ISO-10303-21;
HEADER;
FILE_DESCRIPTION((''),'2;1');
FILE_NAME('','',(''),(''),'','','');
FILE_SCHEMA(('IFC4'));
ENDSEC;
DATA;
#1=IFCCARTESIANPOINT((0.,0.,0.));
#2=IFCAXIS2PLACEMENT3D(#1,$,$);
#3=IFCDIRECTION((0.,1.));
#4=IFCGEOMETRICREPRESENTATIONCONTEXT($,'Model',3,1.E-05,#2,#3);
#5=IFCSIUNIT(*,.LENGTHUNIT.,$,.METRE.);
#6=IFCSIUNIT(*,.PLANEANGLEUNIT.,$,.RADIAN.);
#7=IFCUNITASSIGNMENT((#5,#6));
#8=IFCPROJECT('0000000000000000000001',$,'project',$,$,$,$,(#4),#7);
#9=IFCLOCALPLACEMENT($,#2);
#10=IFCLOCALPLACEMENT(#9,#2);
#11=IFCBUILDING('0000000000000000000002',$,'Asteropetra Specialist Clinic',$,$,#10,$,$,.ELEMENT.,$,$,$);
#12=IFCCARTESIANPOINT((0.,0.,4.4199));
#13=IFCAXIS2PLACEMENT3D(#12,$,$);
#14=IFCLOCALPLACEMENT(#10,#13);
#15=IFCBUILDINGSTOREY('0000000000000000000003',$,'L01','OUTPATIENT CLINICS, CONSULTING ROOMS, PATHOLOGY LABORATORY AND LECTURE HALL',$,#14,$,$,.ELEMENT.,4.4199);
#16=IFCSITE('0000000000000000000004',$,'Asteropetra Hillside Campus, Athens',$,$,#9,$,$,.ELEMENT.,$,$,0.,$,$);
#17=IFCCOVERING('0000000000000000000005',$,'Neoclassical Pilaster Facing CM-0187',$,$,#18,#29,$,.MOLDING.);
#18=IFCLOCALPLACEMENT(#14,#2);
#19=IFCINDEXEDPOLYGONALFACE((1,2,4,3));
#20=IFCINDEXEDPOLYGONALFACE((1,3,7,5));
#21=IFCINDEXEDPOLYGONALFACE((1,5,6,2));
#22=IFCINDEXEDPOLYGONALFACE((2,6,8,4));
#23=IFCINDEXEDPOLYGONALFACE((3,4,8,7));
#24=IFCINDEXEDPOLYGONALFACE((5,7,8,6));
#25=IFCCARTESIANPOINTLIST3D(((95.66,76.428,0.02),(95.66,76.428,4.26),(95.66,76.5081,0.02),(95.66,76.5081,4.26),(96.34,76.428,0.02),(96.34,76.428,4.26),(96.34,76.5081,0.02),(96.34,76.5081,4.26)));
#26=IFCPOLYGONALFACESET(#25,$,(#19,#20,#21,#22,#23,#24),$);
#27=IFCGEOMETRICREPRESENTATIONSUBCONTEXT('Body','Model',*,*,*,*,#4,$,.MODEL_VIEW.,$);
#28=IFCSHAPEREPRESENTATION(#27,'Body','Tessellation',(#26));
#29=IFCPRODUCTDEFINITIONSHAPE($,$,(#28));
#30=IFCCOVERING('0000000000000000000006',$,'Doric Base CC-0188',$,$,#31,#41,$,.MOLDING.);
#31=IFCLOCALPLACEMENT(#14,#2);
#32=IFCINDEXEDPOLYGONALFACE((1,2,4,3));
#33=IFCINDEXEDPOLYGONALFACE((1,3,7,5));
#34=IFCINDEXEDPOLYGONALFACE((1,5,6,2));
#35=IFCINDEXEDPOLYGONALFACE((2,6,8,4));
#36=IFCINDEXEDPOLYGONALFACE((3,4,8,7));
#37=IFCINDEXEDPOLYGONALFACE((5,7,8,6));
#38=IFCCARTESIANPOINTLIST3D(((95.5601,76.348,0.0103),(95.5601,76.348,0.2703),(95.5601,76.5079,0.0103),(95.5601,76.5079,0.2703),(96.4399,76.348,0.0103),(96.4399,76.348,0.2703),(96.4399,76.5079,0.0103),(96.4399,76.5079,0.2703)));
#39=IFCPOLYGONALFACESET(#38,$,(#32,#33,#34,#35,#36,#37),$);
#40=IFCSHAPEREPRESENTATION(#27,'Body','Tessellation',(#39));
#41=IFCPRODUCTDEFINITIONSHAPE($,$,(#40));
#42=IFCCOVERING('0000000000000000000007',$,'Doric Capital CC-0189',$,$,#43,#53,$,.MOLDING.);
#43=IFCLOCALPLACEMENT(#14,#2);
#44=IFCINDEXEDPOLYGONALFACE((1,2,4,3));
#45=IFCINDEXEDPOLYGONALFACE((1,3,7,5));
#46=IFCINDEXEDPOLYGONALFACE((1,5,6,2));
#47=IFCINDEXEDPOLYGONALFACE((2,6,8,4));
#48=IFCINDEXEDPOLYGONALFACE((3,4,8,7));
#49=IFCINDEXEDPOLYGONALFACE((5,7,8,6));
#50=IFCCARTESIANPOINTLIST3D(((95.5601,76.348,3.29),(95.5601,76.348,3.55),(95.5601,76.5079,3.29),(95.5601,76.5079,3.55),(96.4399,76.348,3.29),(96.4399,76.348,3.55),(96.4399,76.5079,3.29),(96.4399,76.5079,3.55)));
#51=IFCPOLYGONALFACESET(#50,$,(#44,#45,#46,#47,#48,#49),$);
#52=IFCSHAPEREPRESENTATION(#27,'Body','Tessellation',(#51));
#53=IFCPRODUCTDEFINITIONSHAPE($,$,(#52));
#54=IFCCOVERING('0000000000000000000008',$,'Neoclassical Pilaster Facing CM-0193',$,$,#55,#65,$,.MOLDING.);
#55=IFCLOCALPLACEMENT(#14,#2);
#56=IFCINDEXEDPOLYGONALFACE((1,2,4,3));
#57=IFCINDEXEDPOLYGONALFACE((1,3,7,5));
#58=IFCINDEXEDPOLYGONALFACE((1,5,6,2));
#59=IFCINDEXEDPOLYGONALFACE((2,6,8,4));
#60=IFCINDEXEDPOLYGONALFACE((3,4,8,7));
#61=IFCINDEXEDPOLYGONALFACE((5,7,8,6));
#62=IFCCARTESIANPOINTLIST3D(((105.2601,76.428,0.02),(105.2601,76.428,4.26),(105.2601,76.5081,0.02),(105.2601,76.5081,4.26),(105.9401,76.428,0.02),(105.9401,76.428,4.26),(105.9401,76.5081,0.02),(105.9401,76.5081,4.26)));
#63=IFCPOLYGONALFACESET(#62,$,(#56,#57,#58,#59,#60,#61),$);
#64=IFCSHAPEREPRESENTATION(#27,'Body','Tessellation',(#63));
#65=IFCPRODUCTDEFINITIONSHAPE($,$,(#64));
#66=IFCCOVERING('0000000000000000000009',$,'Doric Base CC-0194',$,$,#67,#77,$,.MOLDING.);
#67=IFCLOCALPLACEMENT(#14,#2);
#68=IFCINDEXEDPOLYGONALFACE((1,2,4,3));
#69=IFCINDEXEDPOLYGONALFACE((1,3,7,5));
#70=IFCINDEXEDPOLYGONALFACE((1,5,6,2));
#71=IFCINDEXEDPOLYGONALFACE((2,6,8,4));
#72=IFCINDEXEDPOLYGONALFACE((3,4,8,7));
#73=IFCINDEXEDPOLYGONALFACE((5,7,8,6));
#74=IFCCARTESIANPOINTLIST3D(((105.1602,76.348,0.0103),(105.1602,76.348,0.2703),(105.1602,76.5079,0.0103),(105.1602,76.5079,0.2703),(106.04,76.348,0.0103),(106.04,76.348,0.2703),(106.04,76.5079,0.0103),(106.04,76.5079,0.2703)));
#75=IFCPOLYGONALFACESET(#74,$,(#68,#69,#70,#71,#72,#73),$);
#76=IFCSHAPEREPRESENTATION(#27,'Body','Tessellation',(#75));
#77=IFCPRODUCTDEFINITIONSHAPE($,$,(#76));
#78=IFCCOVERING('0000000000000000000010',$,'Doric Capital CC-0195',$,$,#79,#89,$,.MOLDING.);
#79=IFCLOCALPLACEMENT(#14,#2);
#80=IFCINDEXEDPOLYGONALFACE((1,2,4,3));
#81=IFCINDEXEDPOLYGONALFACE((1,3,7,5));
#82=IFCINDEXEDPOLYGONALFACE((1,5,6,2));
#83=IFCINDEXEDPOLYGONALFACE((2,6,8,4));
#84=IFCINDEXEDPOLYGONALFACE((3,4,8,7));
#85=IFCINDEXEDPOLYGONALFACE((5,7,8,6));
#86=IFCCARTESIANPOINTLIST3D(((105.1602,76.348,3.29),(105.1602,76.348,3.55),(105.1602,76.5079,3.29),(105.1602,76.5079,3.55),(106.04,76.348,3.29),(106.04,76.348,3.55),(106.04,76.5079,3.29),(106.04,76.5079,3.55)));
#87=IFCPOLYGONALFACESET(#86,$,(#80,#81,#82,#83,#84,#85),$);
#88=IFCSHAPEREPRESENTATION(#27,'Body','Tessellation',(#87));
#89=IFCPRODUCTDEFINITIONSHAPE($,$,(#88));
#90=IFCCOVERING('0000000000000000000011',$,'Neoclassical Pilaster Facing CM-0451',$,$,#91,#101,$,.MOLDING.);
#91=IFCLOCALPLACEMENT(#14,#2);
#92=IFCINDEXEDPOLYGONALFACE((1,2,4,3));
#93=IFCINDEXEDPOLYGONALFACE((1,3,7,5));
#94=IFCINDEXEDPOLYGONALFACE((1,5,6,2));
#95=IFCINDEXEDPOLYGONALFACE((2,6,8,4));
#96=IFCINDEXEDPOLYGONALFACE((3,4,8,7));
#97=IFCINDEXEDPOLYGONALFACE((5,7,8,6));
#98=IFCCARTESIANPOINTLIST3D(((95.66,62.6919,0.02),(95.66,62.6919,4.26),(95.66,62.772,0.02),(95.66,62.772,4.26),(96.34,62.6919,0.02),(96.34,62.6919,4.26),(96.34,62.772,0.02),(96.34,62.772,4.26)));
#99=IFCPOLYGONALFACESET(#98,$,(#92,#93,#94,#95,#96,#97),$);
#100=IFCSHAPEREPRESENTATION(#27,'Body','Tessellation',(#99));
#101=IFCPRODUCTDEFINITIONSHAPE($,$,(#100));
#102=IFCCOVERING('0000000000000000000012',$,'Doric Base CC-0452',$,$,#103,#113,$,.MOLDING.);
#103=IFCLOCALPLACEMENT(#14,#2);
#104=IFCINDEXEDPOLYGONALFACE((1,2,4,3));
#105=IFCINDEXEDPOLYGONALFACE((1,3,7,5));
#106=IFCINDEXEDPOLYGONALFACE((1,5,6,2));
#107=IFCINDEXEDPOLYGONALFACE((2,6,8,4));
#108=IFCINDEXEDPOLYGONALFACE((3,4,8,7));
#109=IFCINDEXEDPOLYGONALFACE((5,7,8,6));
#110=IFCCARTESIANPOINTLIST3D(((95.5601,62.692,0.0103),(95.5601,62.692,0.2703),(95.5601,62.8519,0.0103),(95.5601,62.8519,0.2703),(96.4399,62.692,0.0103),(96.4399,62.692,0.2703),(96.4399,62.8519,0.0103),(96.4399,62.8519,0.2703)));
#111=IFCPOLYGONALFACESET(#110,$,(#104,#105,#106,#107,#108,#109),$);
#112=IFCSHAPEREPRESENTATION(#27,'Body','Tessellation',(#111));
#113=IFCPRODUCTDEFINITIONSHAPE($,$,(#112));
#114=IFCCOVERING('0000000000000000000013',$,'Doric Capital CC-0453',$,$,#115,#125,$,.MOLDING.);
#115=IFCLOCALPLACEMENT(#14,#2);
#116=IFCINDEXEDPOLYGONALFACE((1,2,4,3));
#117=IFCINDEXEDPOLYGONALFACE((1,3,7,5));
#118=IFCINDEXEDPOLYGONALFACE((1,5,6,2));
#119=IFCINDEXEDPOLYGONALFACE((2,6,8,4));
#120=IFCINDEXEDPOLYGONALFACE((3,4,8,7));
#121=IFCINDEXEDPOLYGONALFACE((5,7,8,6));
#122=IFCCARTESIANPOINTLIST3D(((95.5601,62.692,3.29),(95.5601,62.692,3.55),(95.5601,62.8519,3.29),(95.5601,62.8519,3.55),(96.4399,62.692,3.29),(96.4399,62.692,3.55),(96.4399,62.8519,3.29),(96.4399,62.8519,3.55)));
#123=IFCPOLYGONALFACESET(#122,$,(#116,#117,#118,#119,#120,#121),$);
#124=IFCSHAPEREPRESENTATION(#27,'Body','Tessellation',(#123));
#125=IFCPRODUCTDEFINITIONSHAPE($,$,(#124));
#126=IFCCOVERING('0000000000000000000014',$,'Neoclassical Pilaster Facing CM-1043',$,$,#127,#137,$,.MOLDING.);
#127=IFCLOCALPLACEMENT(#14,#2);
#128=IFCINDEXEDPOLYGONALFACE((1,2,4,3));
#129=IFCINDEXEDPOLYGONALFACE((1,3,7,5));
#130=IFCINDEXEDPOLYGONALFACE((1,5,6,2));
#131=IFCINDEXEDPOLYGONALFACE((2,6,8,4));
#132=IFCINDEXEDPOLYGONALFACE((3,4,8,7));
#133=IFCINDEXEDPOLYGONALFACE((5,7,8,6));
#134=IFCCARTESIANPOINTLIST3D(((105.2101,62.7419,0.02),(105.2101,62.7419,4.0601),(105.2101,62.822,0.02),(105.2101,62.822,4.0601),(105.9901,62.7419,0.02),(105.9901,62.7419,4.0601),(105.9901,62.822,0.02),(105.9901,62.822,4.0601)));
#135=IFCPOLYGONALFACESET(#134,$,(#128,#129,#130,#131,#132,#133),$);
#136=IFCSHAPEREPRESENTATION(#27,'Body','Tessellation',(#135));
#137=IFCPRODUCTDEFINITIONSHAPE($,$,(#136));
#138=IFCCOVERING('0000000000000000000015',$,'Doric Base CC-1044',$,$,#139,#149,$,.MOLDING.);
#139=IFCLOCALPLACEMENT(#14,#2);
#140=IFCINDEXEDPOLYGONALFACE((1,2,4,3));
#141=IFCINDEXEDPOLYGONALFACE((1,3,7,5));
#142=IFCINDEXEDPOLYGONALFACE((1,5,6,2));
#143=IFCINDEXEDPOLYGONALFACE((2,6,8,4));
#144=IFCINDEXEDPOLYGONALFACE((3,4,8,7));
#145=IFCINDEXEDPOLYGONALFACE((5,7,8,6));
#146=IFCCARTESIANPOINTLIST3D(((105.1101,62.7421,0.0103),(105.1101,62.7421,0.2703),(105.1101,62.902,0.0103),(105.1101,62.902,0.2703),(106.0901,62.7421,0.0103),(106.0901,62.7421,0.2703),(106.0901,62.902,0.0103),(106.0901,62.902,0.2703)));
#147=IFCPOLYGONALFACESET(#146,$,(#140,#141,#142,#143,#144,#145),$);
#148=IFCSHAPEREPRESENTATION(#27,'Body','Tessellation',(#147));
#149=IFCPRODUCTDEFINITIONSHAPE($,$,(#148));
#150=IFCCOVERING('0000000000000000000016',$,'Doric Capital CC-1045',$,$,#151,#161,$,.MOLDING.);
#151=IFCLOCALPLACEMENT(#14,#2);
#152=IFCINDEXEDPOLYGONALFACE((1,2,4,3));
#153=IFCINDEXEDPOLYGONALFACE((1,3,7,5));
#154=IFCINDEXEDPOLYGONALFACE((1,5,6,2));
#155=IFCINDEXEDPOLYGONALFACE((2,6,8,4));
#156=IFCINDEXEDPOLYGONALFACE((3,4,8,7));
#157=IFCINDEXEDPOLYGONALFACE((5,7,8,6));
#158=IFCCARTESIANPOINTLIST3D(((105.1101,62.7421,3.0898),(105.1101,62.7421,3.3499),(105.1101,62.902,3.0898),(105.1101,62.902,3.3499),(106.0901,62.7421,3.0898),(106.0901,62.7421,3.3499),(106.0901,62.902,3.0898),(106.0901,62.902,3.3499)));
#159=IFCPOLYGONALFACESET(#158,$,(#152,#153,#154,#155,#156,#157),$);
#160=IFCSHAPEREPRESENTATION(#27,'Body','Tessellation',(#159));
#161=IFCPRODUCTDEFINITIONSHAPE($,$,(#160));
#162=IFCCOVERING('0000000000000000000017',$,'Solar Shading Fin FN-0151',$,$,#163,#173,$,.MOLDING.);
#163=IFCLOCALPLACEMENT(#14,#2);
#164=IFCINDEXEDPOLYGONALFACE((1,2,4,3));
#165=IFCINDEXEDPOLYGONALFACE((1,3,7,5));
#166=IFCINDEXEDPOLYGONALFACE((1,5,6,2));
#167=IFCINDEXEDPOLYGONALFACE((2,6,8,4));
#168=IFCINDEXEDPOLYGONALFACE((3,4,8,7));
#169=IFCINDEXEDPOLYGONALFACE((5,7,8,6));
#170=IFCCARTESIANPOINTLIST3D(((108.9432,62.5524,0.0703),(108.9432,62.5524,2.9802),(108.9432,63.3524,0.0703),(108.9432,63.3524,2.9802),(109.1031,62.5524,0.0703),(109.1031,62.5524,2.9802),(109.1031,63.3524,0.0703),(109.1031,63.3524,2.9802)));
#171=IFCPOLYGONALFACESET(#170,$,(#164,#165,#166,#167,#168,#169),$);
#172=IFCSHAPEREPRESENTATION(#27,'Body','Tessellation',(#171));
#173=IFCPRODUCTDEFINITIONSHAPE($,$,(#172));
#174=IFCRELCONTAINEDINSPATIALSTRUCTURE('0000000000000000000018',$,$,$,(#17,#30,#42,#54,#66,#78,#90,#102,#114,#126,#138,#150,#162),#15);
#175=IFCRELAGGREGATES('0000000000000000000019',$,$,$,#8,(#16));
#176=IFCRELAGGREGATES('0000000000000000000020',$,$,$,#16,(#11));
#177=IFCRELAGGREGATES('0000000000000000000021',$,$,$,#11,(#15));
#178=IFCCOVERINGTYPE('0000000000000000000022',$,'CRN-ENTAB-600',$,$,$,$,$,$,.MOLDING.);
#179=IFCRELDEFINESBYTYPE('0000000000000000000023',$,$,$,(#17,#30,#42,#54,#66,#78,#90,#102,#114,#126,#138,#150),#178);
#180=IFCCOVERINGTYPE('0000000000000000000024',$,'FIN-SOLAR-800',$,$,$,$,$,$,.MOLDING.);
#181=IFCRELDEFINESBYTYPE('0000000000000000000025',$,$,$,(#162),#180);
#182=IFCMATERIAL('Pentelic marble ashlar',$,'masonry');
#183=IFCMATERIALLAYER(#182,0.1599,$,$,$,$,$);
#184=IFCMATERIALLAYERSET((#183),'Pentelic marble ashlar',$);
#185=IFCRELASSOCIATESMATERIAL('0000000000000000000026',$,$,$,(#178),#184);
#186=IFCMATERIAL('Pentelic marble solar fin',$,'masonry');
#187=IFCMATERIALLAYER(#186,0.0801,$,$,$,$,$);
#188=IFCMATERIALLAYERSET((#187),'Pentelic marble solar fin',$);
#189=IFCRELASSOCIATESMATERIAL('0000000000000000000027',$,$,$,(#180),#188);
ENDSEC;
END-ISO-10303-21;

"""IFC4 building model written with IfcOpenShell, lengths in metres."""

from ifc_helpers import new_model, si_unit, direction, frame, origin, origin_2d, place, context, subcontext, project, spatial, rectangle, extrude, material, layer, layer_set, type_object, element, save


model = new_model("IFC4")

# Units and contexts
model_context = context("Model", 3, precision=1e-05, world=origin(), true_north=direction((0.0, 1.0)))
body_context = subcontext(model_context, "Body", "Model", "MODEL_VIEW")
ifc_project = project(units=[si_unit("LENGTHUNIT", "METRE"), si_unit("PLANEANGLEUNIT", "RADIAN")], contexts=[model_context])

# Site, building, storey
site_placement = place(None, origin())
site = spatial("IfcSite", under=ifc_project, at=site_placement, Name="Asteropetra Hillside Campus, Athens", CompositionType="ELEMENT", RefElevation=0.0)
building_placement = place(site_placement, origin())
building = spatial("IfcBuilding", under=site, at=building_placement, Name="Asteropetra Specialist Clinic", CompositionType="ELEMENT")
storey_placement = place(building_placement, frame((0.0, 0.0, 4.4199)))
storey = spatial("IfcBuildingStorey", under=building, at=storey_placement, Name="L01", Description="OUTPATIENT CLINICS, CONSULTING ROOMS, PATHOLOGY LABORATORY AND LECTURE HALL", CompositionType="ELEMENT", Elevation=4.4199)

# Coverings
ifc_material_1 = material(Name="Pentelic marble ashlar", Category="masonry")
ifc_layer_1 = layer(ifc_material_1, 0.1599)
ifc_layer_set_1 = layer_set([ifc_layer_1], Name="Pentelic marble ashlar")
covering_type_1 = type_object("IfcCoveringType", Name="CRN-ENTAB-600", PredefinedType="MOLDING", material=ifc_layer_set_1)
covering_1_placement = place(storey_placement, frame((96.0, 76.468, 0.02), z_axis=(0.0, 0.0, 1.0), x_axis=(1.0, 0.0, 0.0)))
element("IfcCovering", 1, at=covering_1_placement, inside=storey, type_object=covering_type_1, Name="Neoclassical Pilaster Facing CM-0187", PredefinedType="MOLDING", context=body_context, shape_type="SweptSolid", body=[
    extrude(rectangle(XDim=0.6799, YDim=0.0801, at=origin_2d()), origin(), (0.0, 0.0, 1.0), 4.24),
])
for number, where, z_axis, x_axis, name in (
    (2, (96.0, 76.428, 0.0103), (0.0, 0.0, 1.0), (1.0, 0.0, 0.0), "Doric Base CC-0188"),
    (3, (96.0, 76.428, 3.29), (0.0, 0.0, 1.0), (1.0, 0.0, 0.0), "Doric Capital CC-0189"),
):
    element("IfcCovering", number, at=place(storey_placement, frame(where, z_axis=z_axis, x_axis=x_axis)), inside=storey, type_object=covering_type_1, Name=name, PredefinedType="MOLDING", context=body_context, shape_type="SweptSolid", body=[
        extrude(rectangle(XDim=0.8799, YDim=0.1599, at=origin_2d()), origin(), (0.0, 0.0, 1.0), 0.26),
    ])
covering_2_placement = place(storey_placement, frame((105.6001, 76.468, 0.02), z_axis=(0.0, 0.0, 1.0), x_axis=(1.0, 0.0, 0.0)))
element("IfcCovering", 4, at=covering_2_placement, inside=storey, type_object=covering_type_1, Name="Neoclassical Pilaster Facing CM-0193", PredefinedType="MOLDING", context=body_context, shape_type="SweptSolid", body=[
    extrude(rectangle(XDim=0.6799, YDim=0.0801, at=origin_2d()), origin(), (0.0, 0.0, 1.0), 4.24),
])
for number, where, z_axis, x_axis, name in (
    (5, (105.6001, 76.428, 0.0103), (0.0, 0.0, 1.0), (1.0, 0.0, 0.0), "Doric Base CC-0194"),
    (6, (105.6001, 76.428, 3.29), (0.0, 0.0, 1.0), (1.0, 0.0, 0.0), "Doric Capital CC-0195"),
):
    element("IfcCovering", number, at=place(storey_placement, frame(where, z_axis=z_axis, x_axis=x_axis)), inside=storey, type_object=covering_type_1, Name=name, PredefinedType="MOLDING", context=body_context, shape_type="SweptSolid", body=[
        extrude(rectangle(XDim=0.8799, YDim=0.1599, at=origin_2d()), origin(), (0.0, 0.0, 1.0), 0.26),
    ])
covering_3_placement = place(storey_placement, frame((96.0, 62.7319, 0.02), z_axis=(0.0, 0.0, 1.0), x_axis=(1.0, 0.0, 0.0)))
element("IfcCovering", 7, at=covering_3_placement, inside=storey, type_object=covering_type_1, Name="Neoclassical Pilaster Facing CM-0451", PredefinedType="MOLDING", context=body_context, shape_type="SweptSolid", body=[
    extrude(rectangle(XDim=0.6799, YDim=0.0801, at=origin_2d()), origin(), (0.0, 0.0, 1.0), 4.24),
])
for number, where, z_axis, x_axis, name in (
    (8, (96.0, 62.772, 0.0103), (0.0, 0.0, 1.0), (1.0, 0.0, 0.0), "Doric Base CC-0452"),
    (9, (96.0, 62.772, 3.29), (0.0, 0.0, 1.0), (1.0, 0.0, 0.0), "Doric Capital CC-0453"),
):
    element("IfcCovering", number, at=place(storey_placement, frame(where, z_axis=z_axis, x_axis=x_axis)), inside=storey, type_object=covering_type_1, Name=name, PredefinedType="MOLDING", context=body_context, shape_type="SweptSolid", body=[
        extrude(rectangle(XDim=0.8799, YDim=0.1599, at=origin_2d()), origin(), (0.0, 0.0, 1.0), 0.26),
    ])
covering_4_placement = place(storey_placement, frame((105.6001, 62.782, 0.02), z_axis=(0.0, 0.0, 1.0), x_axis=(1.0, 0.0, 0.0)))
element("IfcCovering", 10, at=covering_4_placement, inside=storey, type_object=covering_type_1, Name="Neoclassical Pilaster Facing CM-1043", PredefinedType="MOLDING", context=body_context, shape_type="SweptSolid", body=[
    extrude(rectangle(XDim=0.78, YDim=0.0801, at=origin_2d()), origin(), (0.0, 0.0, 1.0), 4.04),
])
for number, where, z_axis, x_axis, name in (
    (11, (105.6001, 62.822, 0.0103), (0.0, 0.0, 1.0), (1.0, 0.0, 0.0), "Doric Base CC-1044"),
    (12, (105.6001, 62.822, 3.0898), (0.0, 0.0, 1.0), (1.0, 0.0, 0.0), "Doric Capital CC-1045"),
):
    element("IfcCovering", number, at=place(storey_placement, frame(where, z_axis=z_axis, x_axis=x_axis)), inside=storey, type_object=covering_type_1, Name=name, PredefinedType="MOLDING", context=body_context, shape_type="SweptSolid", body=[
        extrude(rectangle(XDim=0.98, YDim=0.1599, at=origin_2d()), origin(), (0.0, 0.0, 1.0), 0.26),
    ])
ifc_material_2 = material(Name="Pentelic marble solar fin", Category="masonry")
ifc_layer_2 = layer(ifc_material_2, 0.0801)
ifc_layer_set_2 = layer_set([ifc_layer_2], Name="Pentelic marble solar fin")
covering_type_2 = type_object("IfcCoveringType", Name="FIN-SOLAR-800", PredefinedType="MOLDING", material=ifc_layer_set_2)
covering_5_placement = place(storey_placement, frame((109.0232, 62.9524, 0.0703), z_axis=(0.0, 0.0, 1.0), x_axis=(1.0, 0.0, 0.0)))
element("IfcCovering", 13, at=covering_5_placement, inside=storey, type_object=covering_type_2, Name="Solar Shading Fin FN-0151", PredefinedType="MOLDING", context=body_context, shape_type="SweptSolid", body=[
    extrude(rectangle(XDim=0.1599, YDim=0.8, at=origin_2d()), origin(), (0.0, 0.0, 1.0), 2.9099),
])

save(model, "model.ifc")
